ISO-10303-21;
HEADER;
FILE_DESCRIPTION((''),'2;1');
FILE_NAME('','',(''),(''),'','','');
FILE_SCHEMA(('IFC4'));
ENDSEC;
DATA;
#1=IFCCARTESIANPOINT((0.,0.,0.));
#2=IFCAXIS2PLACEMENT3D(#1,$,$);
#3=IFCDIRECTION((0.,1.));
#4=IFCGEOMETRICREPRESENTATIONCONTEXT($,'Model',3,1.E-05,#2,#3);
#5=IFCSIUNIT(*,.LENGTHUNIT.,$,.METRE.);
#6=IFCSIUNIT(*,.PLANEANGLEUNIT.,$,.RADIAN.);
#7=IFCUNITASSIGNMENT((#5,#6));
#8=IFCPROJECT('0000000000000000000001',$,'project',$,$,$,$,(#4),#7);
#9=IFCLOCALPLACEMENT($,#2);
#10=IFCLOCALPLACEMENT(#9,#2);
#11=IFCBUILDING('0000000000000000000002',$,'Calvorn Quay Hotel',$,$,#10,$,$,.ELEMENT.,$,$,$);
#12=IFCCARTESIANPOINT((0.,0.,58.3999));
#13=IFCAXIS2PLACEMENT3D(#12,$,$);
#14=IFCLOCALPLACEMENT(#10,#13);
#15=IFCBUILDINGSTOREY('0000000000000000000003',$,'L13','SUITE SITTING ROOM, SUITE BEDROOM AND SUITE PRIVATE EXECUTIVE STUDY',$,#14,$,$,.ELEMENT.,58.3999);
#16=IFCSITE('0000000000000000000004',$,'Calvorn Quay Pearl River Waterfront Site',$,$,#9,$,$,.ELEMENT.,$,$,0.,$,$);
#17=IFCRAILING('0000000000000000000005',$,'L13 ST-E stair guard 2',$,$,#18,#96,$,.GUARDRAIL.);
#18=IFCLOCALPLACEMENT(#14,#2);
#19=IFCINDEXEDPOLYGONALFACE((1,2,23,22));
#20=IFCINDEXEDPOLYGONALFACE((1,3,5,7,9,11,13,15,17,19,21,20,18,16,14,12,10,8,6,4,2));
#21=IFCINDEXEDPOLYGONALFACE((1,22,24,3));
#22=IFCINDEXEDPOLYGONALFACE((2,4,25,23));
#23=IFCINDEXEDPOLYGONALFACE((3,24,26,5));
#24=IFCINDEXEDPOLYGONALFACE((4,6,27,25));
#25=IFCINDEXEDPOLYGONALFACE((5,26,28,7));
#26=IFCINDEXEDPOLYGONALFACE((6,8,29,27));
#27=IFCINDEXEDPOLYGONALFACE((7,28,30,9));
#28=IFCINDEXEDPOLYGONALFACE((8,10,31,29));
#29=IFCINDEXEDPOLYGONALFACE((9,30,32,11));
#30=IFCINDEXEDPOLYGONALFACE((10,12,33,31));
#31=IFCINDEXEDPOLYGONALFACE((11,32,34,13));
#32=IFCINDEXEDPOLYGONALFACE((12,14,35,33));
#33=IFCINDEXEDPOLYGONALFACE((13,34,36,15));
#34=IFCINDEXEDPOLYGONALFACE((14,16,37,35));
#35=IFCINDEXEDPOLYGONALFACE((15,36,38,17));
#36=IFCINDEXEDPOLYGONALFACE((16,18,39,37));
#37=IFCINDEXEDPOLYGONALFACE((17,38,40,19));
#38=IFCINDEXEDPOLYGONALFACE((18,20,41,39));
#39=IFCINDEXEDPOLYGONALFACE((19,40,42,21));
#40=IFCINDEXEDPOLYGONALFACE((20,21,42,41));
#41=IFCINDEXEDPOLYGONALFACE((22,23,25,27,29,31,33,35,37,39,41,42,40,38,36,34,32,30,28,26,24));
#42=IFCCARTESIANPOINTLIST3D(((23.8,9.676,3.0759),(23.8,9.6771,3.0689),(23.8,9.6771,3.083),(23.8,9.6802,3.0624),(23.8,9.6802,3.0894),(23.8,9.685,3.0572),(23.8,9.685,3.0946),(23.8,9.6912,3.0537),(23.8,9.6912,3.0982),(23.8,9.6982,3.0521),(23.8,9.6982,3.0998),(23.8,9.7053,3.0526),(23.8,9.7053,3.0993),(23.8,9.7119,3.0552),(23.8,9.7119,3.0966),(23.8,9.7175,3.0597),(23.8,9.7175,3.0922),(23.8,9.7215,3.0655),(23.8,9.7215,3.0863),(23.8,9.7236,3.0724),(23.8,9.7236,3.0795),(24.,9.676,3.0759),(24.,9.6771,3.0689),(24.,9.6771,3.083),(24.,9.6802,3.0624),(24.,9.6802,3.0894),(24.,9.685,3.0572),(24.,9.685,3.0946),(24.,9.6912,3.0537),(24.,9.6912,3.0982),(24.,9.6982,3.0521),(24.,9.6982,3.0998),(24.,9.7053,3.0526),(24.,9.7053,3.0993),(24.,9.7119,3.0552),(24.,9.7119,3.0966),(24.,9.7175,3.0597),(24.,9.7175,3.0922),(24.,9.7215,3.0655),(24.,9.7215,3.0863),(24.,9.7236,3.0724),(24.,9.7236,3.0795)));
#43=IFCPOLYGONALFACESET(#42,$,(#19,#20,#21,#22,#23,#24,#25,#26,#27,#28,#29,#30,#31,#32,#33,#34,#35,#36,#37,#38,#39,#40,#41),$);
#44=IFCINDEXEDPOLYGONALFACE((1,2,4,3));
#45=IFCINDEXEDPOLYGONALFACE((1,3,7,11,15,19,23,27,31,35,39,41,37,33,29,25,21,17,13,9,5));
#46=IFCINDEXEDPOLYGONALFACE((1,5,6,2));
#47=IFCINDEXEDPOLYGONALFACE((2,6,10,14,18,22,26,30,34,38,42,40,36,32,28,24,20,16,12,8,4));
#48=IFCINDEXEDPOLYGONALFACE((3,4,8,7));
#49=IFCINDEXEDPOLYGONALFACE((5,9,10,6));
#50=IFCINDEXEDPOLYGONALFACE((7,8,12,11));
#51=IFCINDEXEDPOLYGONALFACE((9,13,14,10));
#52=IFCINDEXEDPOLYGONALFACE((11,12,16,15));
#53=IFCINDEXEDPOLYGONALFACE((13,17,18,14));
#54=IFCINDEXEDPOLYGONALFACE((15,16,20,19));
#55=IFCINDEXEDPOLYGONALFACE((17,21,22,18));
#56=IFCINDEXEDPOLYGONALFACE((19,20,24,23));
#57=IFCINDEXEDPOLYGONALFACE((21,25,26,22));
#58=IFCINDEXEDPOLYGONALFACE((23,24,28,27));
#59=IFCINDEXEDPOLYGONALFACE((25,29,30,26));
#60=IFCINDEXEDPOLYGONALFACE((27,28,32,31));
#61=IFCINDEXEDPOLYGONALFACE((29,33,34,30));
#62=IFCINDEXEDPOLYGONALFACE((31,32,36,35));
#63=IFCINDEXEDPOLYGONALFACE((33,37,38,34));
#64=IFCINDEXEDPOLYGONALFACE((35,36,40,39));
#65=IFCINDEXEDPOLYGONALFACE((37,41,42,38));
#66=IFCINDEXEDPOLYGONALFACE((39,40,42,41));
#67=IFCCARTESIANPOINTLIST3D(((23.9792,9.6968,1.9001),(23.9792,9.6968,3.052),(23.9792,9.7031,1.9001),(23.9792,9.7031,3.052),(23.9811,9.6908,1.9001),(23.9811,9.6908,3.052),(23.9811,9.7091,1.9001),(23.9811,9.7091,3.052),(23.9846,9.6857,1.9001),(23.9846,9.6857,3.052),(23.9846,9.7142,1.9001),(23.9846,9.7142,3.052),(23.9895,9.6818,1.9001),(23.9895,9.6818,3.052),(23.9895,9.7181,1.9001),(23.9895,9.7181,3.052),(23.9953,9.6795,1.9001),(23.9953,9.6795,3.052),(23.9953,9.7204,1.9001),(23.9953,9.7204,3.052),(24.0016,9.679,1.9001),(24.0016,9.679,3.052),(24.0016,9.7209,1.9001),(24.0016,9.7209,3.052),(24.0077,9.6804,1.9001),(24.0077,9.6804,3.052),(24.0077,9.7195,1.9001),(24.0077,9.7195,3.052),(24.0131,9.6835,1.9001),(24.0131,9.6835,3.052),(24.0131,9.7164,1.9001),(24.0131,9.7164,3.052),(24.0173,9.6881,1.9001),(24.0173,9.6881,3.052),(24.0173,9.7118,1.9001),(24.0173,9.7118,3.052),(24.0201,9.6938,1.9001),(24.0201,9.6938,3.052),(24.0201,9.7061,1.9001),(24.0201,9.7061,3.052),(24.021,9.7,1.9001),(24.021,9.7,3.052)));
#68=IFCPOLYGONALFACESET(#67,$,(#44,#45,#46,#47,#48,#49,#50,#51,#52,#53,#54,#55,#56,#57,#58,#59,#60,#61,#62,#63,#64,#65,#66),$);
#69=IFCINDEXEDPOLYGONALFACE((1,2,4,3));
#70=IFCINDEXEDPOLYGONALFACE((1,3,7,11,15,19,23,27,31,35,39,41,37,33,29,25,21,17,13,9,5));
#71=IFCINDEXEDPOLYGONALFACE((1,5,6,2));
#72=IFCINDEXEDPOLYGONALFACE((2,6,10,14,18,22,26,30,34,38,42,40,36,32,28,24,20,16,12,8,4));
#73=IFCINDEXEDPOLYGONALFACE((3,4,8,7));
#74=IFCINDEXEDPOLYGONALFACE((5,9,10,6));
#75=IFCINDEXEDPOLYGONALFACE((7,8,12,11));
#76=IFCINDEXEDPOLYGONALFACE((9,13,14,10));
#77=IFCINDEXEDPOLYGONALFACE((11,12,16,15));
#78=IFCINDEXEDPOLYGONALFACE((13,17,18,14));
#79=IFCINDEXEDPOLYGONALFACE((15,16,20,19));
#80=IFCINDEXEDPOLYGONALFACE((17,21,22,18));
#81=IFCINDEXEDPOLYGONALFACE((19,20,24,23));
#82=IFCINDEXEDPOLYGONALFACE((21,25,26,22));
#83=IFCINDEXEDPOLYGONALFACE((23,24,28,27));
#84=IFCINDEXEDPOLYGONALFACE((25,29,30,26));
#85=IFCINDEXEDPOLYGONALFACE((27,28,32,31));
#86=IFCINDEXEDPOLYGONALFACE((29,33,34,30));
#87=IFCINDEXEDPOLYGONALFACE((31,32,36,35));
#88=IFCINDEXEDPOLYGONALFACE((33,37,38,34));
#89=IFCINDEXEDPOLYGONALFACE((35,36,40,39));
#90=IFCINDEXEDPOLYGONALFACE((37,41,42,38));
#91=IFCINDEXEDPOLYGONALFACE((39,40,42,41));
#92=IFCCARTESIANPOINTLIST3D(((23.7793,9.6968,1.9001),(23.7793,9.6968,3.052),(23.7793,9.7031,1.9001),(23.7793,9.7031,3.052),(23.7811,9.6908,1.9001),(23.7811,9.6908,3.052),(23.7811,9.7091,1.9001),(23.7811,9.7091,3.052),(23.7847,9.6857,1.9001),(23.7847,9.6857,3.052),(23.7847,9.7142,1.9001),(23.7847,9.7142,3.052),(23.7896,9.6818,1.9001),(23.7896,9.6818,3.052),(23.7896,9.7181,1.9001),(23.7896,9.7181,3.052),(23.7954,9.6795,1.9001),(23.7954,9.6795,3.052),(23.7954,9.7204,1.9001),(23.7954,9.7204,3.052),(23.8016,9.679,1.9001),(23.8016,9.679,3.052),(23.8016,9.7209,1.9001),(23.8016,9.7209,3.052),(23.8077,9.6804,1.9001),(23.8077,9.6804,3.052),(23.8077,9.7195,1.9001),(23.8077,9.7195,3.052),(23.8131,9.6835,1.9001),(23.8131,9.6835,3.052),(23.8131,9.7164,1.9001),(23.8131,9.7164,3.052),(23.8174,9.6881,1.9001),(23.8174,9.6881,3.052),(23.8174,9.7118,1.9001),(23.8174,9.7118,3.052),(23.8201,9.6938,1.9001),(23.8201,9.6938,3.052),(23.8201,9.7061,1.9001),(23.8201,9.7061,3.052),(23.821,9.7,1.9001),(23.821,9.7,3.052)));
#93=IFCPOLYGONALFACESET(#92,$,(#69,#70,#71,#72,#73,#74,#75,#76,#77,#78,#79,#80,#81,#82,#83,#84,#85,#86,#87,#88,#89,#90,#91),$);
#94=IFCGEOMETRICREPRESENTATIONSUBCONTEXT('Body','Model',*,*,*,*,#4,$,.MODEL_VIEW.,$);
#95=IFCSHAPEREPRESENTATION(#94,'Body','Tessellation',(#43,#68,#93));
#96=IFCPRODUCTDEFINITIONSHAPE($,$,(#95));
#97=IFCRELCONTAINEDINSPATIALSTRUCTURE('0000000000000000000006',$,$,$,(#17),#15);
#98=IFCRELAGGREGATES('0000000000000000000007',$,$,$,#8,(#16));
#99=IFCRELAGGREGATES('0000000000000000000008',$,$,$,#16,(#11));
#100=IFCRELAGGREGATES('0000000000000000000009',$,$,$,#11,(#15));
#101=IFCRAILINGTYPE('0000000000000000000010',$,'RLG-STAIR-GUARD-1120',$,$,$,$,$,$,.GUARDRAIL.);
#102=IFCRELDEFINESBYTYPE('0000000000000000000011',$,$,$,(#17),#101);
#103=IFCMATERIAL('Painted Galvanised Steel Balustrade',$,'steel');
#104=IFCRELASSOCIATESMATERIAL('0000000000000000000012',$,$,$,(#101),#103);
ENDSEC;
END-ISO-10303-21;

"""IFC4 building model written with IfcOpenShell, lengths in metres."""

from ifc_helpers import new_model, si_unit, direction, frame, origin, origin_2d, place, context, subcontext, project, spatial, circle, extrude, material, type_object, element, save


model = new_model("IFC4")

# Units and contexts
model_context = context("Model", 3, precision=1e-05, world=origin(), true_north=direction((0.0, 1.0)))
body_context = subcontext(model_context, "Body", "Model", "MODEL_VIEW")
ifc_project = project(units=[si_unit("LENGTHUNIT", "METRE"), si_unit("PLANEANGLEUNIT", "RADIAN")], contexts=[model_context])

# Site, building, storey
site_placement = place(None, origin())
site = spatial("IfcSite", under=ifc_project, at=site_placement, Name="Calvorn Quay Pearl River Waterfront Site", CompositionType="ELEMENT", RefElevation=0.0)
building_placement = place(site_placement, origin())
building = spatial("IfcBuilding", under=site, at=building_placement, Name="Calvorn Quay Hotel", CompositionType="ELEMENT")
storey_placement = place(building_placement, frame((0.0, 0.0, 58.3999)))
storey = spatial("IfcBuildingStorey", under=building, at=storey_placement, Name="L13", Description="SUITE SITTING ROOM, SUITE BEDROOM AND SUITE PRIVATE EXECUTIVE STUDY", CompositionType="ELEMENT", Elevation=58.3999)

# Railing
ifc_material_1 = material(Name="Painted Galvanised Steel Balustrade", Category="steel")
railing_type_1 = type_object("IfcRailingType", Name="RLG-STAIR-GUARD-1120", PredefinedType="GUARDRAIL", material=ifc_material_1)
railing_1_placement = place(storey_placement, frame((24.0, 9.7, 1.9001)))
element("IfcRailing", 1, at=railing_1_placement, inside=storey, type_object=railing_type_1, Name="L13 ST-E stair guard 2", PredefinedType="GUARDRAIL", context=body_context, shape_type="SweptSolid", body=[
    extrude(circle(Radius=0.0239, at=origin_2d()), frame((0.0, 0.0, 1.1758), z_axis=(-1.0, 0.0, 0.0), x_axis=(0.0, -1.0, 0.0)), (0.0, 0.0, 1.0), 0.2),
    extrude(circle(Radius=0.021, at=origin_2d()), origin(), (0.0, 0.0, 1.0), 1.1519),
    extrude(circle(Radius=0.021, at=origin_2d()), frame((-0.2, 0.0, 0.0)), (0.0, 0.0, 1.0), 1.1519),
])

save(model, "model.ifc")
